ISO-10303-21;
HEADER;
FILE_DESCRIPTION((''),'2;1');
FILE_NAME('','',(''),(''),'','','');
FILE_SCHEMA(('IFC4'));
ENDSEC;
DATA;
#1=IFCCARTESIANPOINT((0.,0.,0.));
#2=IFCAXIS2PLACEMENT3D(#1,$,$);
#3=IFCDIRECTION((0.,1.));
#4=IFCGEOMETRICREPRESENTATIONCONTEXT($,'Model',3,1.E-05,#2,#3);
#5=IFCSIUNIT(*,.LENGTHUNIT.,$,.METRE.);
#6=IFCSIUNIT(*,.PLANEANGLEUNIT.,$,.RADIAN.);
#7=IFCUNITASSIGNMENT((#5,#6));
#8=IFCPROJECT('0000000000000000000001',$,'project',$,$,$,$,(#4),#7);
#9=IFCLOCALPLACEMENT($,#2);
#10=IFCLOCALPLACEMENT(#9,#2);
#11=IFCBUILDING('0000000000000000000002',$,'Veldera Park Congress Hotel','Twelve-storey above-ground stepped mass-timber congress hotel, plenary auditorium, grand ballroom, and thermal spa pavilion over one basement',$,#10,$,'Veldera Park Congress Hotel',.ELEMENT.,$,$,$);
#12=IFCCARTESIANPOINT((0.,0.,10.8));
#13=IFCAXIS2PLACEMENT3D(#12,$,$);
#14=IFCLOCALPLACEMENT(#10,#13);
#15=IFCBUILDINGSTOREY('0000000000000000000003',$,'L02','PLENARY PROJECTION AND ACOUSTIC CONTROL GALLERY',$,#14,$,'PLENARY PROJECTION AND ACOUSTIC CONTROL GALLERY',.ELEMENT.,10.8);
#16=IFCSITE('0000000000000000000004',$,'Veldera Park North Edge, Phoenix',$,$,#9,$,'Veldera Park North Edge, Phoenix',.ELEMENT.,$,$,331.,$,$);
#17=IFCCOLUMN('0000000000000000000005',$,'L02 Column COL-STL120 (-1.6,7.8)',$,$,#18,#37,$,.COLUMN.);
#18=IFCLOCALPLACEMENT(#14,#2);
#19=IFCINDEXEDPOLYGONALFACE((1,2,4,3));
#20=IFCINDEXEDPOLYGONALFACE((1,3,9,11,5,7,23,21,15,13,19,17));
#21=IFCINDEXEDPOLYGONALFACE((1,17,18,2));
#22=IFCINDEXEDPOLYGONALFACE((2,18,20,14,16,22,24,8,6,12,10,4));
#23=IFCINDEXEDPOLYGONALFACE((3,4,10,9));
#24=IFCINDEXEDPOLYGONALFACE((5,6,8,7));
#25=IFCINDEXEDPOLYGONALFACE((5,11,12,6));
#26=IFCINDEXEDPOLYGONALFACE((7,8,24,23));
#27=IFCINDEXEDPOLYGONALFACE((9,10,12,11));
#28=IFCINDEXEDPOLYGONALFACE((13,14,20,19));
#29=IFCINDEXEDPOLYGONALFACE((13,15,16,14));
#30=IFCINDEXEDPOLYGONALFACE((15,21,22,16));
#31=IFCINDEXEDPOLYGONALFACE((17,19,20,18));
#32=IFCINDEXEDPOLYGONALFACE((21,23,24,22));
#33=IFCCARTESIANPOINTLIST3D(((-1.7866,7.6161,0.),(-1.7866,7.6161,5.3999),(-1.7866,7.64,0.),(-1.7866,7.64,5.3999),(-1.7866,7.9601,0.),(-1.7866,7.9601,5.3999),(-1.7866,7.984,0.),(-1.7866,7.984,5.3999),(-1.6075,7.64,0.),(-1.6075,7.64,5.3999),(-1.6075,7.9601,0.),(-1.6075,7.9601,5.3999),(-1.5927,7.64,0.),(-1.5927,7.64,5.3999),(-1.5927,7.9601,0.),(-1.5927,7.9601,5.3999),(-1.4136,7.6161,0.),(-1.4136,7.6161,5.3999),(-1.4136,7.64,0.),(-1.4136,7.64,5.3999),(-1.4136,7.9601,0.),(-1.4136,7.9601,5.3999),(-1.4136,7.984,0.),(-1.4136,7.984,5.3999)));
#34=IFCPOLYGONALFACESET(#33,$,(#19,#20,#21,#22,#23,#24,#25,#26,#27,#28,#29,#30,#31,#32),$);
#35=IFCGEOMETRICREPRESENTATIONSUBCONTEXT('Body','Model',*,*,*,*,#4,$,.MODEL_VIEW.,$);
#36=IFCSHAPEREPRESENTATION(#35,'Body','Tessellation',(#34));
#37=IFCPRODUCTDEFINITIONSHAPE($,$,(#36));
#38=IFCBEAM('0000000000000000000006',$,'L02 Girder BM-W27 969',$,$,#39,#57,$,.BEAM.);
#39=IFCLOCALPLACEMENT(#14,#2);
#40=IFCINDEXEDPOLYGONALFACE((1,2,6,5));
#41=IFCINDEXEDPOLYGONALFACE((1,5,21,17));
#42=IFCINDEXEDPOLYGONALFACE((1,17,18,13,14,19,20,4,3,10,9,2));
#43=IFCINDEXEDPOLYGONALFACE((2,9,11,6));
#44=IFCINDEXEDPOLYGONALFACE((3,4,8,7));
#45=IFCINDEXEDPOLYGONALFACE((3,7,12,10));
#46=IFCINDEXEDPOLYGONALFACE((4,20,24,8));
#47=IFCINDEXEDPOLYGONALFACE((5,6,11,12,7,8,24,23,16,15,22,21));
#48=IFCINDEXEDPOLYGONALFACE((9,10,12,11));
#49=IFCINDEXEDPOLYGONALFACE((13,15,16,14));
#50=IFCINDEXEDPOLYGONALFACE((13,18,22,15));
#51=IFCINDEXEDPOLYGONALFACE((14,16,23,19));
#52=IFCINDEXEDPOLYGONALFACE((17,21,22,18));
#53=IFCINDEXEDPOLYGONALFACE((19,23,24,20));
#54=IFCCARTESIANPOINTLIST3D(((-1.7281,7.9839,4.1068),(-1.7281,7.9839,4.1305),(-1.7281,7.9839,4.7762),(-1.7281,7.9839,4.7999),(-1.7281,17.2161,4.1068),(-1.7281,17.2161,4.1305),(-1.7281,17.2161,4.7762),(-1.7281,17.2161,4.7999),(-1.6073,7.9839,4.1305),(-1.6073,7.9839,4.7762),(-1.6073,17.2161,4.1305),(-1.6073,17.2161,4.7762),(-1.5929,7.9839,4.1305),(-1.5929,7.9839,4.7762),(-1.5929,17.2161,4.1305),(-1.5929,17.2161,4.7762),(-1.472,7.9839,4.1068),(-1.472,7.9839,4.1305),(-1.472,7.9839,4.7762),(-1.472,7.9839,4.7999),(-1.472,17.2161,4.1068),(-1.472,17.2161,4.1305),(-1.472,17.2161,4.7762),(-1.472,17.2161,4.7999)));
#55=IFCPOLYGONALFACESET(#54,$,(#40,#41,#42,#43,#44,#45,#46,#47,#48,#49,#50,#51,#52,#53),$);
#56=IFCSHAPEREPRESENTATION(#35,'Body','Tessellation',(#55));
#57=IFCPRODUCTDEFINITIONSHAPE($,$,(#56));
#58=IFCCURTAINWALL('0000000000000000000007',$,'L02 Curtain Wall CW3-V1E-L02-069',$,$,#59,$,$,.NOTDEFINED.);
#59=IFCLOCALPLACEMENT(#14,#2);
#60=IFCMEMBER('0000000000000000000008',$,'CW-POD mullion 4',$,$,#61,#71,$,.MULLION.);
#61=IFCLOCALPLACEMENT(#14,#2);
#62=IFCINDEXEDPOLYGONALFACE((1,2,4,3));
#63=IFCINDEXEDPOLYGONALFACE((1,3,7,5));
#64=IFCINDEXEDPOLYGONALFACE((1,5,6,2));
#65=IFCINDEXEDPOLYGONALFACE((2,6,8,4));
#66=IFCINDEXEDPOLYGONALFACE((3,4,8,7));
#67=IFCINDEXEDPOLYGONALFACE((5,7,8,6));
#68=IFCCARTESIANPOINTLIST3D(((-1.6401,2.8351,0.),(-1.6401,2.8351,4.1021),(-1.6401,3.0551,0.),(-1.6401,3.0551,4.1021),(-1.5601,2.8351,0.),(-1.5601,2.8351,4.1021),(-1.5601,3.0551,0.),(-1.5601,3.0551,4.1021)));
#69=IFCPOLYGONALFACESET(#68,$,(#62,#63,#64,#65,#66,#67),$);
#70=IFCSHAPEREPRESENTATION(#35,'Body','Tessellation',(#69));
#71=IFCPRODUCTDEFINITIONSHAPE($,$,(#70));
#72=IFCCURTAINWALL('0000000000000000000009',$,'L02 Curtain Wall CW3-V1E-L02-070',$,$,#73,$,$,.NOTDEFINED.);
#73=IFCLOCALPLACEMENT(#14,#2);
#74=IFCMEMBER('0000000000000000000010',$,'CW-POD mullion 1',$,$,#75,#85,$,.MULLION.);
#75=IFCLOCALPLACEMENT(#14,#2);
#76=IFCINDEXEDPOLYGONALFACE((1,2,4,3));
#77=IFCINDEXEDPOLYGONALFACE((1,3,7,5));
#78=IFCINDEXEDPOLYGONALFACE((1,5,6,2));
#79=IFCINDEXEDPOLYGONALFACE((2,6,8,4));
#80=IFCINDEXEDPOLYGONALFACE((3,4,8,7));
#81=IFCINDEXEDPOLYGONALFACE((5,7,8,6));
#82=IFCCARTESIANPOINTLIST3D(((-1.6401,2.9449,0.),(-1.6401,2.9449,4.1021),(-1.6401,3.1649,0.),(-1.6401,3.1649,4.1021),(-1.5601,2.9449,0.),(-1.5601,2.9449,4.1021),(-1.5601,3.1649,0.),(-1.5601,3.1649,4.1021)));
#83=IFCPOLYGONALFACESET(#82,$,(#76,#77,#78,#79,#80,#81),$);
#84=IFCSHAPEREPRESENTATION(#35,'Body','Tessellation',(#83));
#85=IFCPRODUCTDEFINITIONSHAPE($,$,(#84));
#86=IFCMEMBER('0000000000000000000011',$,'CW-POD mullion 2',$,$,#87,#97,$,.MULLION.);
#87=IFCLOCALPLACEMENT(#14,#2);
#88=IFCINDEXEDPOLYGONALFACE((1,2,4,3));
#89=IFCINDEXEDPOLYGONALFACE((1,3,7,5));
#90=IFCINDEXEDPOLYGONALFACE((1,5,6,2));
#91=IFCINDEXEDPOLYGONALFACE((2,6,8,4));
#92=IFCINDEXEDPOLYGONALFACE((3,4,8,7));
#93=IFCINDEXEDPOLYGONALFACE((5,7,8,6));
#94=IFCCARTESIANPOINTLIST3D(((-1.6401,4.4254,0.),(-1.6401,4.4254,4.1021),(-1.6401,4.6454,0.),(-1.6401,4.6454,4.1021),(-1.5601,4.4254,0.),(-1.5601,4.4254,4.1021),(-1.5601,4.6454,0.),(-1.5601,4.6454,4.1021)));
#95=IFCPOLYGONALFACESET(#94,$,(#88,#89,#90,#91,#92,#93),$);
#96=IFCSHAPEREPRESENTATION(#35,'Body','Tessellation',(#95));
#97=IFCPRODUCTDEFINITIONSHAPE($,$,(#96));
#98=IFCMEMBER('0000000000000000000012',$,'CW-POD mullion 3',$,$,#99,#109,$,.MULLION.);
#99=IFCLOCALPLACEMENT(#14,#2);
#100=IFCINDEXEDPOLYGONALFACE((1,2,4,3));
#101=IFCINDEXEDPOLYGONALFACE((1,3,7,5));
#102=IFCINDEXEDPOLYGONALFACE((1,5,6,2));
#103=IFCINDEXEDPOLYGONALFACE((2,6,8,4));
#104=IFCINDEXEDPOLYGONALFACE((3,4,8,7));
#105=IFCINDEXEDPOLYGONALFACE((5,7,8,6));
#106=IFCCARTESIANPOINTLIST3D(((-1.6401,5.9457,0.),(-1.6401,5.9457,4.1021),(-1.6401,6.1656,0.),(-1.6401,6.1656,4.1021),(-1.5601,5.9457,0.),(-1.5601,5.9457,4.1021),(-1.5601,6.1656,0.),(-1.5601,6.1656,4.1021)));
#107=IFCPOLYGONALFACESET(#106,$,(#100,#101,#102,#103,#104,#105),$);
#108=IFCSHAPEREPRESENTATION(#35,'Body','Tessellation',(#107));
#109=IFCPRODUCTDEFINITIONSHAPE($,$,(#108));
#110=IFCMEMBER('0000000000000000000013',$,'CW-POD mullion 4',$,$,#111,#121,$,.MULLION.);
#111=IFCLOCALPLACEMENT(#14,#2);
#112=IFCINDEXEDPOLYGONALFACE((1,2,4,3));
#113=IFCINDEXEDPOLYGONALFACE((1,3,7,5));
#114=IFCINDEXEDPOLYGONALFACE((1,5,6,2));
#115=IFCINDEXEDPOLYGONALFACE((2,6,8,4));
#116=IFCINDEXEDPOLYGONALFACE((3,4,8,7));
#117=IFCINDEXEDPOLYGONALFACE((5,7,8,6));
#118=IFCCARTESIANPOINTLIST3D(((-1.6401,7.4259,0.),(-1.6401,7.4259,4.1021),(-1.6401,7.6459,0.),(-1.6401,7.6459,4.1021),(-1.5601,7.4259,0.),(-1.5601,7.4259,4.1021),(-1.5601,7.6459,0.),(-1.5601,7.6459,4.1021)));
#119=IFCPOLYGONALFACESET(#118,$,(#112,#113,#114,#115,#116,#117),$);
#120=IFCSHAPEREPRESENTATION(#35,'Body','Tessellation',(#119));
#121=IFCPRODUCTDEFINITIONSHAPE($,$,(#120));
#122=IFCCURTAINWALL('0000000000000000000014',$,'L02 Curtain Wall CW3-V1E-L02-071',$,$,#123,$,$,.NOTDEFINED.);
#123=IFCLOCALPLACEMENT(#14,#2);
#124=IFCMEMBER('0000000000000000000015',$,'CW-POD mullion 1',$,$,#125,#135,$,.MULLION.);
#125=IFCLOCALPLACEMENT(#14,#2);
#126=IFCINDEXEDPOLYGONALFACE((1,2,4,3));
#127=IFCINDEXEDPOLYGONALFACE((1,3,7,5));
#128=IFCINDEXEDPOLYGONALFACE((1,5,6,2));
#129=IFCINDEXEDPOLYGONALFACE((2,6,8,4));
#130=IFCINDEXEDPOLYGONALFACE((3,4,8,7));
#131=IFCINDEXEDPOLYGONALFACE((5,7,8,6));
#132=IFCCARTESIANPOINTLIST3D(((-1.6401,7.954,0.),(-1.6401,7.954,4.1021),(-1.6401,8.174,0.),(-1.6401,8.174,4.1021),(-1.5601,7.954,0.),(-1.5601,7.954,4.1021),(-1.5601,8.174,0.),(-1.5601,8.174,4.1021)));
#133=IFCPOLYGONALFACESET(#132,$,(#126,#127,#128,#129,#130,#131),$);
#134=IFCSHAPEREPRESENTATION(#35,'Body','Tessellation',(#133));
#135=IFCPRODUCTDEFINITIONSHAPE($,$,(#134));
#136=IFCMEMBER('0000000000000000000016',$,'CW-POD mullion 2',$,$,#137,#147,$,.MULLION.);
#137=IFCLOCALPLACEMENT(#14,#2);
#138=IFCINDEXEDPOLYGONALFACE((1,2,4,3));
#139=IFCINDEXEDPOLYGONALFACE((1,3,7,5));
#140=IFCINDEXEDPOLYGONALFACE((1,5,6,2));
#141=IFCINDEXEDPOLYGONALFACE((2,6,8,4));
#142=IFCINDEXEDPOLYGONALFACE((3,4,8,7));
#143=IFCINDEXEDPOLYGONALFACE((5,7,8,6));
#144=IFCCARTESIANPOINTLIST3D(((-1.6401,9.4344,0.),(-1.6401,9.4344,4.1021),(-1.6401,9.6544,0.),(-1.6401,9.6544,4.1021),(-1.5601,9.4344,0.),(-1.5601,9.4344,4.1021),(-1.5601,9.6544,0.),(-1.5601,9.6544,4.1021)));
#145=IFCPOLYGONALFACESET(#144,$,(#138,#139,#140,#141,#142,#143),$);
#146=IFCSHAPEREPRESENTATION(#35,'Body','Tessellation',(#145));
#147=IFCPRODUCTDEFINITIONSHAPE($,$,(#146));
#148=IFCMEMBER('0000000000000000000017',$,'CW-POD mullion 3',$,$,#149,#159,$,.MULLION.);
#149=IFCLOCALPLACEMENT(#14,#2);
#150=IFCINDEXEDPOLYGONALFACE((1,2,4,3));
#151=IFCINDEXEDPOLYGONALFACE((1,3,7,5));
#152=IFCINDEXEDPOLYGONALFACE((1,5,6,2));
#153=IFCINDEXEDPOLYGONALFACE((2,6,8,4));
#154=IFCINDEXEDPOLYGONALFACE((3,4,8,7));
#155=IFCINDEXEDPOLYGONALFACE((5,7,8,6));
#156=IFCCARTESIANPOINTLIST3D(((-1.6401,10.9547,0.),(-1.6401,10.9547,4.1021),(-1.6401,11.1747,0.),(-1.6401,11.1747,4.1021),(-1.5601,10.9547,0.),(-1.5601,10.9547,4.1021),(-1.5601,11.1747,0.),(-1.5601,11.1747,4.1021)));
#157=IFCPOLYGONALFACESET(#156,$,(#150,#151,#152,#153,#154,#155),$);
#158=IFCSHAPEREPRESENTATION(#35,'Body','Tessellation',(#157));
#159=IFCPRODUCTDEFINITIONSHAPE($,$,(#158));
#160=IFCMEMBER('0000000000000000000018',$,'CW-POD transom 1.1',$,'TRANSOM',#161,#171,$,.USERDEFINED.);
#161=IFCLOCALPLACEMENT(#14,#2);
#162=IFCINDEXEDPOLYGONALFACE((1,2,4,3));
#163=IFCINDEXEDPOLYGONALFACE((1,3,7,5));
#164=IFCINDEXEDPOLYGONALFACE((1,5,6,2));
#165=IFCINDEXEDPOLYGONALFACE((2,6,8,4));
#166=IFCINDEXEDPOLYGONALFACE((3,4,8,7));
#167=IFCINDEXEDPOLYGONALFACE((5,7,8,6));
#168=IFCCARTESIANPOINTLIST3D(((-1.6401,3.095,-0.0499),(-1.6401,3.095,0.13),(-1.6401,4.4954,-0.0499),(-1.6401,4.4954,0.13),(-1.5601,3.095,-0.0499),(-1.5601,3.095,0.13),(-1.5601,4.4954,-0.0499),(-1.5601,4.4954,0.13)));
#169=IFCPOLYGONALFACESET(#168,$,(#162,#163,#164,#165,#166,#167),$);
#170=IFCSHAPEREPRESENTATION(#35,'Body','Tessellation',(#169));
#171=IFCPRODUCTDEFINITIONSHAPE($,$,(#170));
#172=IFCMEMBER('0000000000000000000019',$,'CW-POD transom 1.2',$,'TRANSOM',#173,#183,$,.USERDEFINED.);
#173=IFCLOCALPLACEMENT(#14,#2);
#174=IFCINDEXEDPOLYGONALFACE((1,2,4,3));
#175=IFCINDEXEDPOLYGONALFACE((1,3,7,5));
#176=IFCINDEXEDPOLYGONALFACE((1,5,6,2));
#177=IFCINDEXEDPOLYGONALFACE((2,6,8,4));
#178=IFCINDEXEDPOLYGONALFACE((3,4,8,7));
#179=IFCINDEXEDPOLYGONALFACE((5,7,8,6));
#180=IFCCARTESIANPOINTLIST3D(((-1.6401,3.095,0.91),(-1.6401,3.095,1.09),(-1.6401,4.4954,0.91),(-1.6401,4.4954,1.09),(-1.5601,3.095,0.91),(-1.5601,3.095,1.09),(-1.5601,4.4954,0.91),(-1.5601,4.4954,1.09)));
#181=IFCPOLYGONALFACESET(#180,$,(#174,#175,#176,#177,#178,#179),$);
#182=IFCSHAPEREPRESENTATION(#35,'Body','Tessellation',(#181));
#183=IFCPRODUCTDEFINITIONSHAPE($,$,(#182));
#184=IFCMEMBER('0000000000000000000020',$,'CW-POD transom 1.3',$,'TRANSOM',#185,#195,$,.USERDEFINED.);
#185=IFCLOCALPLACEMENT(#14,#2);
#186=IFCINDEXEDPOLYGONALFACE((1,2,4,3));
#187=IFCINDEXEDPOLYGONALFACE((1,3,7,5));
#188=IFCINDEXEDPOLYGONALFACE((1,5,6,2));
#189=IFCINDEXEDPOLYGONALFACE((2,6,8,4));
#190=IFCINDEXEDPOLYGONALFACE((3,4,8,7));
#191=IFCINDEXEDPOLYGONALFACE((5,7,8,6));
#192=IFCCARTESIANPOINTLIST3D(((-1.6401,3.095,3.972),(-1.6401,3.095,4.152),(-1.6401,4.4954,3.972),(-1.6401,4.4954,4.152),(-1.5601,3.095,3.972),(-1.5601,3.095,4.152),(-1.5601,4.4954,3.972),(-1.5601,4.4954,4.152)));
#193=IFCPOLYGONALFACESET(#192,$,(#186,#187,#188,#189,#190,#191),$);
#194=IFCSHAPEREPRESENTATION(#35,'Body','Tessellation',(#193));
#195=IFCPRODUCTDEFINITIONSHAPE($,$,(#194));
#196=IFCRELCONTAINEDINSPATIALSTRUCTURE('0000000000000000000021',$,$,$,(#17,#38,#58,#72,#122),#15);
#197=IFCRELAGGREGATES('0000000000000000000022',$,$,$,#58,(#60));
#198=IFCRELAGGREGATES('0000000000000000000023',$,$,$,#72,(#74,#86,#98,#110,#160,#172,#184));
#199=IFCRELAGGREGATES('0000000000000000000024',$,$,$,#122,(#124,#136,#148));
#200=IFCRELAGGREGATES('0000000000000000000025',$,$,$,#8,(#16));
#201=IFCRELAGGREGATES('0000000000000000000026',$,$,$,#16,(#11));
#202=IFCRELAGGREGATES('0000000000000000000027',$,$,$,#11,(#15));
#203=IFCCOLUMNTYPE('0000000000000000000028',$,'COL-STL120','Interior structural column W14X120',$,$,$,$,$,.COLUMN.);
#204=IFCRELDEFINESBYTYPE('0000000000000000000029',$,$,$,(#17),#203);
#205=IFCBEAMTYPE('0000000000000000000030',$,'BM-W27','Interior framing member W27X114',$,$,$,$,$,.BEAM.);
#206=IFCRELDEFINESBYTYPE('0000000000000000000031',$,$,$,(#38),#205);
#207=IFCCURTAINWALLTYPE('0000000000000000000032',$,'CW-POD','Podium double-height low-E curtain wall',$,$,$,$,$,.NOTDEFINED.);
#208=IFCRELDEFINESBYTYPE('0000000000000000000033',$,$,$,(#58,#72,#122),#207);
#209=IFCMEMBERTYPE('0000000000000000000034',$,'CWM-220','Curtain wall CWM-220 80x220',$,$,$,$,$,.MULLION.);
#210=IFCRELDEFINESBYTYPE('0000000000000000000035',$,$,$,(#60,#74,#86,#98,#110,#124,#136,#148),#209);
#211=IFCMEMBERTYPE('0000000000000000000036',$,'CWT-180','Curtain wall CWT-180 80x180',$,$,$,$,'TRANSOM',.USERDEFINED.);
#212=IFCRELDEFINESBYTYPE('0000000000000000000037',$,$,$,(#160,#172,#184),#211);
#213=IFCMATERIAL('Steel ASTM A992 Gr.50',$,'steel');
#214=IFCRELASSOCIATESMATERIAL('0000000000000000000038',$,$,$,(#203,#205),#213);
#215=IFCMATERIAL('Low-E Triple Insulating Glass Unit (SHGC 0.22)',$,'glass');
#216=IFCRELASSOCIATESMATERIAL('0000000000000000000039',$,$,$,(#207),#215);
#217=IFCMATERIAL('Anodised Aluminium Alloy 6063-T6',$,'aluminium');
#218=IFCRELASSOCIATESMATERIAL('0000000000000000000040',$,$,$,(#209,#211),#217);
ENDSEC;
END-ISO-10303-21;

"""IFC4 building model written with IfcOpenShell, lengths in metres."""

from ifc_helpers import new_model, si_unit, direction, frame, origin, origin_2d, place, context, subcontext, project, spatial, rectangle, i_section, extrude, material, material_profile, profile_set, type_object, element, aggregate, save


model = new_model("IFC4")

# Units and contexts
model_context = context("Model", 3, precision=1e-05, world=origin(), true_north=direction((0.0, 1.0)))
body_context = subcontext(model_context, "Body", "Model", "MODEL_VIEW")
ifc_project = project(units=[si_unit("LENGTHUNIT", "METRE"), si_unit("PLANEANGLEUNIT", "RADIAN")], contexts=[model_context])

# Site, building, storey
site_placement = place(None, origin())
site = spatial("IfcSite", under=ifc_project, at=site_placement, Name="Veldera Park North Edge, Phoenix", LongName="Veldera Park North Edge, Phoenix", CompositionType="ELEMENT", RefElevation=331.0)
building_placement = place(site_placement, origin())
building = spatial("IfcBuilding", under=site, at=building_placement, Name="Veldera Park Congress Hotel", Description="Twelve-storey above-ground stepped mass-timber congress hotel, plenary auditorium, grand ballroom, and thermal spa pavilion over one basement", LongName="Veldera Park Congress Hotel", CompositionType="ELEMENT")
storey_placement = place(building_placement, frame((0.0, 0.0, 10.8)))
storey = spatial("IfcBuildingStorey", under=building, at=storey_placement, Name="L02", Description="PLENARY PROJECTION AND ACOUSTIC CONTROL GALLERY", LongName="PLENARY PROJECTION AND ACOUSTIC CONTROL GALLERY", CompositionType="ELEMENT", Elevation=10.8)

# Column
ifc_material_1 = material(Name="Steel ASTM A992 Gr.50", Category="steel")
ifc_material_profile_1 = material_profile(ifc_material_1, i_section(OverallWidth=0.373, OverallDepth=0.3679, WebThickness=0.0149, FlangeThickness=0.0239, at=origin_2d()), Name="W14X120")
ifc_profile_set_1 = profile_set([ifc_material_profile_1], Name="Steel ASTM A992 Gr.50")
column_type = type_object("IfcColumnType", Name="COL-STL120", Description="Interior structural column W14X120", PredefinedType="COLUMN", material=ifc_profile_set_1)
column_placement = place(storey_placement, frame((-1.6001, 7.8, 0.0), z_axis=(0.0, 0.0, 1.0), x_axis=(1.0, 0.0, 0.0)))
element("IfcColumn", 1, at=column_placement, inside=storey, type_object=column_type, Name="L02 Column COL-STL120 (-1.6,7.8)", PredefinedType="COLUMN", context=body_context, shape_type="SweptSolid", body=[
    extrude(i_section(OverallWidth=0.373, OverallDepth=0.3679, WebThickness=0.0149, FlangeThickness=0.0239, at=origin_2d()), origin(), (0.0, 0.0, 1.0), 5.3999),
])

# Beam
ifc_material_profile_2 = material_profile(ifc_material_1, i_section(OverallWidth=0.2561, OverallDepth=0.6931, WebThickness=0.0144, FlangeThickness=0.0237, at=origin_2d()), Name="W27X114")
ifc_profile_set_2 = profile_set([ifc_material_profile_2], Name="Steel ASTM A992 Gr.50")
beam_type = type_object("IfcBeamType", Name="BM-W27", Description="Interior framing member W27X114", PredefinedType="BEAM", material=ifc_profile_set_2)
beam_placement = place(storey_placement, frame((-1.6001, 7.9839, 4.4534), z_axis=(0.0, 1.0, 0.0), x_axis=(-1.0, 0.0, 0.0)))
element("IfcBeam", 2, at=beam_placement, inside=storey, type_object=beam_type, Name="L02 Girder BM-W27 969", PredefinedType="BEAM", context=body_context, shape_type="SweptSolid", body=[
    extrude(i_section(OverallWidth=0.2561, OverallDepth=0.6931, WebThickness=0.0144, FlangeThickness=0.0237, at=origin_2d()), origin(), (0.0, 0.0, 1.0), 9.2322),
])

# Curtain wall, member
ifc_material_2 = material(Name="Low-E Triple Insulating Glass Unit (SHGC 0.22)", Category="glass")
curtain_wall_type = type_object("IfcCurtainWallType", Name="CW-POD", Description="Podium double-height low-E curtain wall", PredefinedType="NOTDEFINED", material=ifc_material_2)
curtain_wall_1_placement = place(storey_placement, origin())
curtain_wall_1 = element("IfcCurtainWall", 3, at=curtain_wall_1_placement, inside=storey, type_object=curtain_wall_type, Name="L02 Curtain Wall CW3-V1E-L02-069", PredefinedType="NOTDEFINED")
ifc_material_3 = material(Name="Anodised Aluminium Alloy 6063-T6", Category="aluminium")
ifc_material_profile_3 = material_profile(ifc_material_3, rectangle(XDim=0.0801, YDim=0.22, at=origin_2d()), Name="ALU 80x220")
ifc_profile_set_3 = profile_set([ifc_material_profile_3], Name="Anodised Aluminium Alloy 6063-T6")
member_type_1 = type_object("IfcMemberType", Name="CWM-220", Description="Curtain wall CWM-220 80x220", PredefinedType="MULLION", material=ifc_profile_set_3)
member_1_placement = place(storey_placement, frame((-1.6001, 2.9451, 0.0), z_axis=(0.0, 0.0, 1.0), x_axis=(-1.0, 0.0, 0.0)))
member_1 = element("IfcMember", 4, at=member_1_placement, type_object=member_type_1, Name="CW-POD mullion 4", PredefinedType="MULLION", context=body_context, shape_type="SweptSolid", body=[
    extrude(rectangle(XDim=0.0801, YDim=0.22, at=origin_2d()), origin(), (0.0, 0.0, 1.0), 4.1021),
])

# Curtain walls, members
curtain_wall_2_placement = place(storey_placement, origin())
curtain_wall_2 = element("IfcCurtainWall", 5, at=curtain_wall_2_placement, inside=storey, type_object=curtain_wall_type, Name="L02 Curtain Wall CW3-V1E-L02-070", PredefinedType="NOTDEFINED")
member_2_placement = place(storey_placement, frame((-1.6001, 3.0549, 0.0), z_axis=(0.0, 0.0, 1.0), x_axis=(-1.0, 0.0, 0.0)))
member_2 = element("IfcMember", 6, at=member_2_placement, type_object=member_type_1, Name="CW-POD mullion 1", PredefinedType="MULLION", context=body_context, shape_type="SweptSolid", body=[
    extrude(rectangle(XDim=0.0801, YDim=0.22, at=origin_2d()), origin(), (0.0, 0.0, 1.0), 4.1021),
])
member_3_placement = place(storey_placement, frame((-1.6001, 4.5354, 0.0), z_axis=(0.0, 0.0, 1.0), x_axis=(-1.0, 0.0, 0.0)))
member_3 = element("IfcMember", 7, at=member_3_placement, type_object=member_type_1, Name="CW-POD mullion 2", PredefinedType="MULLION", context=body_context, shape_type="SweptSolid", body=[
    extrude(rectangle(XDim=0.0801, YDim=0.22, at=origin_2d()), origin(), (0.0, 0.0, 1.0), 4.1021),
])
member_4_placement = place(storey_placement, frame((-1.6001, 6.0557, 0.0), z_axis=(0.0, 0.0, 1.0), x_axis=(-1.0, 0.0, 0.0)))
member_4 = element("IfcMember", 8, at=member_4_placement, type_object=member_type_1, Name="CW-POD mullion 3", PredefinedType="MULLION", context=body_context, shape_type="SweptSolid", body=[
    extrude(rectangle(XDim=0.0801, YDim=0.22, at=origin_2d()), origin(), (0.0, 0.0, 1.0), 4.1021),
])
member_5_placement = place(storey_placement, frame((-1.6001, 7.5359, 0.0), z_axis=(0.0, 0.0, 1.0), x_axis=(-1.0, 0.0, 0.0)))
member_5 = element("IfcMember", 9, at=member_5_placement, type_object=member_type_1, Name="CW-POD mullion 4", PredefinedType="MULLION", context=body_context, shape_type="SweptSolid", body=[
    extrude(rectangle(XDim=0.0801, YDim=0.22, at=origin_2d()), origin(), (0.0, 0.0, 1.0), 4.1021),
])
curtain_wall_3_placement = place(storey_placement, origin())
curtain_wall_3 = element("IfcCurtainWall", 10, at=curtain_wall_3_placement, inside=storey, type_object=curtain_wall_type, Name="L02 Curtain Wall CW3-V1E-L02-071", PredefinedType="NOTDEFINED")
member_6_placement = place(storey_placement, frame((-1.6001, 8.064, 0.0), z_axis=(0.0, 0.0, 1.0), x_axis=(-1.0, 0.0, 0.0)))
member_6 = element("IfcMember", 11, at=member_6_placement, type_object=member_type_1, Name="CW-POD mullion 1", PredefinedType="MULLION", context=body_context, shape_type="SweptSolid", body=[
    extrude(rectangle(XDim=0.0801, YDim=0.22, at=origin_2d()), origin(), (0.0, 0.0, 1.0), 4.1021),
])
member_7_placement = place(storey_placement, frame((-1.6001, 9.5444, 0.0), z_axis=(0.0, 0.0, 1.0), x_axis=(-1.0, 0.0, 0.0)))
member_7 = element("IfcMember", 12, at=member_7_placement, type_object=member_type_1, Name="CW-POD mullion 2", PredefinedType="MULLION", context=body_context, shape_type="SweptSolid", body=[
    extrude(rectangle(XDim=0.0801, YDim=0.22, at=origin_2d()), origin(), (0.0, 0.0, 1.0), 4.1021),
])
member_8_placement = place(storey_placement, frame((-1.6001, 11.0647, 0.0), z_axis=(0.0, 0.0, 1.0), x_axis=(-1.0, 0.0, 0.0)))
member_8 = element("IfcMember", 13, at=member_8_placement, type_object=member_type_1, Name="CW-POD mullion 3", PredefinedType="MULLION", context=body_context, shape_type="SweptSolid", body=[
    extrude(rectangle(XDim=0.0801, YDim=0.22, at=origin_2d()), origin(), (0.0, 0.0, 1.0), 4.1021),
])

# Members
ifc_material_profile_4 = material_profile(ifc_material_3, rectangle(XDim=0.0801, YDim=0.1799, at=origin_2d()), Name="ALU 80x180")
ifc_profile_set_4 = profile_set([ifc_material_profile_4], Name="Anodised Aluminium Alloy 6063-T6")
member_type_2 = type_object("IfcMemberType", Name="CWT-180", Description="Curtain wall CWT-180 80x180", ElementType="TRANSOM", PredefinedType="USERDEFINED", material=ifc_profile_set_4)
member_9_placement = place(storey_placement, frame((-1.6001, 3.095, 0.04), z_axis=(0.0, 1.0, 0.0), x_axis=(-1.0, 0.0, 0.0)))
member_9 = element("IfcMember", 14, at=member_9_placement, type_object=member_type_2, Name="CW-POD transom 1.1", ObjectType="TRANSOM", PredefinedType="USERDEFINED", context=body_context, shape_type="SweptSolid", body=[
    extrude(rectangle(XDim=0.0801, YDim=0.1799, at=origin_2d()), origin(), (0.0, 0.0, 1.0), 1.4004),
])
member_10_placement = place(storey_placement, frame((-1.6001, 3.095, 1.0), z_axis=(0.0, 1.0, 0.0), x_axis=(-1.0, 0.0, 0.0)))
member_10 = element("IfcMember", 15, at=member_10_placement, type_object=member_type_2, Name="CW-POD transom 1.2", ObjectType="TRANSOM", PredefinedType="USERDEFINED", context=body_context, shape_type="SweptSolid", body=[
    extrude(rectangle(XDim=0.0801, YDim=0.1799, at=origin_2d()), origin(), (0.0, 0.0, 1.0), 1.4004),
])
member_11_placement = place(storey_placement, frame((-1.6001, 3.095, 4.062), z_axis=(0.0, 1.0, 0.0), x_axis=(-1.0, 0.0, 0.0)))
member_11 = element("IfcMember", 16, at=member_11_placement, type_object=member_type_2, Name="CW-POD transom 1.3", ObjectType="TRANSOM", PredefinedType="USERDEFINED", context=body_context, shape_type="SweptSolid", body=[
    extrude(rectangle(XDim=0.0801, YDim=0.1799, at=origin_2d()), origin(), (0.0, 0.0, 1.0), 1.4004),
])

aggregate(curtain_wall_1, [member_1])
aggregate(curtain_wall_2, [member_2, member_3, member_4, member_5, member_9, member_10, member_11])
aggregate(curtain_wall_3, [member_6, member_7, member_8])

save(model, "model.ifc")
